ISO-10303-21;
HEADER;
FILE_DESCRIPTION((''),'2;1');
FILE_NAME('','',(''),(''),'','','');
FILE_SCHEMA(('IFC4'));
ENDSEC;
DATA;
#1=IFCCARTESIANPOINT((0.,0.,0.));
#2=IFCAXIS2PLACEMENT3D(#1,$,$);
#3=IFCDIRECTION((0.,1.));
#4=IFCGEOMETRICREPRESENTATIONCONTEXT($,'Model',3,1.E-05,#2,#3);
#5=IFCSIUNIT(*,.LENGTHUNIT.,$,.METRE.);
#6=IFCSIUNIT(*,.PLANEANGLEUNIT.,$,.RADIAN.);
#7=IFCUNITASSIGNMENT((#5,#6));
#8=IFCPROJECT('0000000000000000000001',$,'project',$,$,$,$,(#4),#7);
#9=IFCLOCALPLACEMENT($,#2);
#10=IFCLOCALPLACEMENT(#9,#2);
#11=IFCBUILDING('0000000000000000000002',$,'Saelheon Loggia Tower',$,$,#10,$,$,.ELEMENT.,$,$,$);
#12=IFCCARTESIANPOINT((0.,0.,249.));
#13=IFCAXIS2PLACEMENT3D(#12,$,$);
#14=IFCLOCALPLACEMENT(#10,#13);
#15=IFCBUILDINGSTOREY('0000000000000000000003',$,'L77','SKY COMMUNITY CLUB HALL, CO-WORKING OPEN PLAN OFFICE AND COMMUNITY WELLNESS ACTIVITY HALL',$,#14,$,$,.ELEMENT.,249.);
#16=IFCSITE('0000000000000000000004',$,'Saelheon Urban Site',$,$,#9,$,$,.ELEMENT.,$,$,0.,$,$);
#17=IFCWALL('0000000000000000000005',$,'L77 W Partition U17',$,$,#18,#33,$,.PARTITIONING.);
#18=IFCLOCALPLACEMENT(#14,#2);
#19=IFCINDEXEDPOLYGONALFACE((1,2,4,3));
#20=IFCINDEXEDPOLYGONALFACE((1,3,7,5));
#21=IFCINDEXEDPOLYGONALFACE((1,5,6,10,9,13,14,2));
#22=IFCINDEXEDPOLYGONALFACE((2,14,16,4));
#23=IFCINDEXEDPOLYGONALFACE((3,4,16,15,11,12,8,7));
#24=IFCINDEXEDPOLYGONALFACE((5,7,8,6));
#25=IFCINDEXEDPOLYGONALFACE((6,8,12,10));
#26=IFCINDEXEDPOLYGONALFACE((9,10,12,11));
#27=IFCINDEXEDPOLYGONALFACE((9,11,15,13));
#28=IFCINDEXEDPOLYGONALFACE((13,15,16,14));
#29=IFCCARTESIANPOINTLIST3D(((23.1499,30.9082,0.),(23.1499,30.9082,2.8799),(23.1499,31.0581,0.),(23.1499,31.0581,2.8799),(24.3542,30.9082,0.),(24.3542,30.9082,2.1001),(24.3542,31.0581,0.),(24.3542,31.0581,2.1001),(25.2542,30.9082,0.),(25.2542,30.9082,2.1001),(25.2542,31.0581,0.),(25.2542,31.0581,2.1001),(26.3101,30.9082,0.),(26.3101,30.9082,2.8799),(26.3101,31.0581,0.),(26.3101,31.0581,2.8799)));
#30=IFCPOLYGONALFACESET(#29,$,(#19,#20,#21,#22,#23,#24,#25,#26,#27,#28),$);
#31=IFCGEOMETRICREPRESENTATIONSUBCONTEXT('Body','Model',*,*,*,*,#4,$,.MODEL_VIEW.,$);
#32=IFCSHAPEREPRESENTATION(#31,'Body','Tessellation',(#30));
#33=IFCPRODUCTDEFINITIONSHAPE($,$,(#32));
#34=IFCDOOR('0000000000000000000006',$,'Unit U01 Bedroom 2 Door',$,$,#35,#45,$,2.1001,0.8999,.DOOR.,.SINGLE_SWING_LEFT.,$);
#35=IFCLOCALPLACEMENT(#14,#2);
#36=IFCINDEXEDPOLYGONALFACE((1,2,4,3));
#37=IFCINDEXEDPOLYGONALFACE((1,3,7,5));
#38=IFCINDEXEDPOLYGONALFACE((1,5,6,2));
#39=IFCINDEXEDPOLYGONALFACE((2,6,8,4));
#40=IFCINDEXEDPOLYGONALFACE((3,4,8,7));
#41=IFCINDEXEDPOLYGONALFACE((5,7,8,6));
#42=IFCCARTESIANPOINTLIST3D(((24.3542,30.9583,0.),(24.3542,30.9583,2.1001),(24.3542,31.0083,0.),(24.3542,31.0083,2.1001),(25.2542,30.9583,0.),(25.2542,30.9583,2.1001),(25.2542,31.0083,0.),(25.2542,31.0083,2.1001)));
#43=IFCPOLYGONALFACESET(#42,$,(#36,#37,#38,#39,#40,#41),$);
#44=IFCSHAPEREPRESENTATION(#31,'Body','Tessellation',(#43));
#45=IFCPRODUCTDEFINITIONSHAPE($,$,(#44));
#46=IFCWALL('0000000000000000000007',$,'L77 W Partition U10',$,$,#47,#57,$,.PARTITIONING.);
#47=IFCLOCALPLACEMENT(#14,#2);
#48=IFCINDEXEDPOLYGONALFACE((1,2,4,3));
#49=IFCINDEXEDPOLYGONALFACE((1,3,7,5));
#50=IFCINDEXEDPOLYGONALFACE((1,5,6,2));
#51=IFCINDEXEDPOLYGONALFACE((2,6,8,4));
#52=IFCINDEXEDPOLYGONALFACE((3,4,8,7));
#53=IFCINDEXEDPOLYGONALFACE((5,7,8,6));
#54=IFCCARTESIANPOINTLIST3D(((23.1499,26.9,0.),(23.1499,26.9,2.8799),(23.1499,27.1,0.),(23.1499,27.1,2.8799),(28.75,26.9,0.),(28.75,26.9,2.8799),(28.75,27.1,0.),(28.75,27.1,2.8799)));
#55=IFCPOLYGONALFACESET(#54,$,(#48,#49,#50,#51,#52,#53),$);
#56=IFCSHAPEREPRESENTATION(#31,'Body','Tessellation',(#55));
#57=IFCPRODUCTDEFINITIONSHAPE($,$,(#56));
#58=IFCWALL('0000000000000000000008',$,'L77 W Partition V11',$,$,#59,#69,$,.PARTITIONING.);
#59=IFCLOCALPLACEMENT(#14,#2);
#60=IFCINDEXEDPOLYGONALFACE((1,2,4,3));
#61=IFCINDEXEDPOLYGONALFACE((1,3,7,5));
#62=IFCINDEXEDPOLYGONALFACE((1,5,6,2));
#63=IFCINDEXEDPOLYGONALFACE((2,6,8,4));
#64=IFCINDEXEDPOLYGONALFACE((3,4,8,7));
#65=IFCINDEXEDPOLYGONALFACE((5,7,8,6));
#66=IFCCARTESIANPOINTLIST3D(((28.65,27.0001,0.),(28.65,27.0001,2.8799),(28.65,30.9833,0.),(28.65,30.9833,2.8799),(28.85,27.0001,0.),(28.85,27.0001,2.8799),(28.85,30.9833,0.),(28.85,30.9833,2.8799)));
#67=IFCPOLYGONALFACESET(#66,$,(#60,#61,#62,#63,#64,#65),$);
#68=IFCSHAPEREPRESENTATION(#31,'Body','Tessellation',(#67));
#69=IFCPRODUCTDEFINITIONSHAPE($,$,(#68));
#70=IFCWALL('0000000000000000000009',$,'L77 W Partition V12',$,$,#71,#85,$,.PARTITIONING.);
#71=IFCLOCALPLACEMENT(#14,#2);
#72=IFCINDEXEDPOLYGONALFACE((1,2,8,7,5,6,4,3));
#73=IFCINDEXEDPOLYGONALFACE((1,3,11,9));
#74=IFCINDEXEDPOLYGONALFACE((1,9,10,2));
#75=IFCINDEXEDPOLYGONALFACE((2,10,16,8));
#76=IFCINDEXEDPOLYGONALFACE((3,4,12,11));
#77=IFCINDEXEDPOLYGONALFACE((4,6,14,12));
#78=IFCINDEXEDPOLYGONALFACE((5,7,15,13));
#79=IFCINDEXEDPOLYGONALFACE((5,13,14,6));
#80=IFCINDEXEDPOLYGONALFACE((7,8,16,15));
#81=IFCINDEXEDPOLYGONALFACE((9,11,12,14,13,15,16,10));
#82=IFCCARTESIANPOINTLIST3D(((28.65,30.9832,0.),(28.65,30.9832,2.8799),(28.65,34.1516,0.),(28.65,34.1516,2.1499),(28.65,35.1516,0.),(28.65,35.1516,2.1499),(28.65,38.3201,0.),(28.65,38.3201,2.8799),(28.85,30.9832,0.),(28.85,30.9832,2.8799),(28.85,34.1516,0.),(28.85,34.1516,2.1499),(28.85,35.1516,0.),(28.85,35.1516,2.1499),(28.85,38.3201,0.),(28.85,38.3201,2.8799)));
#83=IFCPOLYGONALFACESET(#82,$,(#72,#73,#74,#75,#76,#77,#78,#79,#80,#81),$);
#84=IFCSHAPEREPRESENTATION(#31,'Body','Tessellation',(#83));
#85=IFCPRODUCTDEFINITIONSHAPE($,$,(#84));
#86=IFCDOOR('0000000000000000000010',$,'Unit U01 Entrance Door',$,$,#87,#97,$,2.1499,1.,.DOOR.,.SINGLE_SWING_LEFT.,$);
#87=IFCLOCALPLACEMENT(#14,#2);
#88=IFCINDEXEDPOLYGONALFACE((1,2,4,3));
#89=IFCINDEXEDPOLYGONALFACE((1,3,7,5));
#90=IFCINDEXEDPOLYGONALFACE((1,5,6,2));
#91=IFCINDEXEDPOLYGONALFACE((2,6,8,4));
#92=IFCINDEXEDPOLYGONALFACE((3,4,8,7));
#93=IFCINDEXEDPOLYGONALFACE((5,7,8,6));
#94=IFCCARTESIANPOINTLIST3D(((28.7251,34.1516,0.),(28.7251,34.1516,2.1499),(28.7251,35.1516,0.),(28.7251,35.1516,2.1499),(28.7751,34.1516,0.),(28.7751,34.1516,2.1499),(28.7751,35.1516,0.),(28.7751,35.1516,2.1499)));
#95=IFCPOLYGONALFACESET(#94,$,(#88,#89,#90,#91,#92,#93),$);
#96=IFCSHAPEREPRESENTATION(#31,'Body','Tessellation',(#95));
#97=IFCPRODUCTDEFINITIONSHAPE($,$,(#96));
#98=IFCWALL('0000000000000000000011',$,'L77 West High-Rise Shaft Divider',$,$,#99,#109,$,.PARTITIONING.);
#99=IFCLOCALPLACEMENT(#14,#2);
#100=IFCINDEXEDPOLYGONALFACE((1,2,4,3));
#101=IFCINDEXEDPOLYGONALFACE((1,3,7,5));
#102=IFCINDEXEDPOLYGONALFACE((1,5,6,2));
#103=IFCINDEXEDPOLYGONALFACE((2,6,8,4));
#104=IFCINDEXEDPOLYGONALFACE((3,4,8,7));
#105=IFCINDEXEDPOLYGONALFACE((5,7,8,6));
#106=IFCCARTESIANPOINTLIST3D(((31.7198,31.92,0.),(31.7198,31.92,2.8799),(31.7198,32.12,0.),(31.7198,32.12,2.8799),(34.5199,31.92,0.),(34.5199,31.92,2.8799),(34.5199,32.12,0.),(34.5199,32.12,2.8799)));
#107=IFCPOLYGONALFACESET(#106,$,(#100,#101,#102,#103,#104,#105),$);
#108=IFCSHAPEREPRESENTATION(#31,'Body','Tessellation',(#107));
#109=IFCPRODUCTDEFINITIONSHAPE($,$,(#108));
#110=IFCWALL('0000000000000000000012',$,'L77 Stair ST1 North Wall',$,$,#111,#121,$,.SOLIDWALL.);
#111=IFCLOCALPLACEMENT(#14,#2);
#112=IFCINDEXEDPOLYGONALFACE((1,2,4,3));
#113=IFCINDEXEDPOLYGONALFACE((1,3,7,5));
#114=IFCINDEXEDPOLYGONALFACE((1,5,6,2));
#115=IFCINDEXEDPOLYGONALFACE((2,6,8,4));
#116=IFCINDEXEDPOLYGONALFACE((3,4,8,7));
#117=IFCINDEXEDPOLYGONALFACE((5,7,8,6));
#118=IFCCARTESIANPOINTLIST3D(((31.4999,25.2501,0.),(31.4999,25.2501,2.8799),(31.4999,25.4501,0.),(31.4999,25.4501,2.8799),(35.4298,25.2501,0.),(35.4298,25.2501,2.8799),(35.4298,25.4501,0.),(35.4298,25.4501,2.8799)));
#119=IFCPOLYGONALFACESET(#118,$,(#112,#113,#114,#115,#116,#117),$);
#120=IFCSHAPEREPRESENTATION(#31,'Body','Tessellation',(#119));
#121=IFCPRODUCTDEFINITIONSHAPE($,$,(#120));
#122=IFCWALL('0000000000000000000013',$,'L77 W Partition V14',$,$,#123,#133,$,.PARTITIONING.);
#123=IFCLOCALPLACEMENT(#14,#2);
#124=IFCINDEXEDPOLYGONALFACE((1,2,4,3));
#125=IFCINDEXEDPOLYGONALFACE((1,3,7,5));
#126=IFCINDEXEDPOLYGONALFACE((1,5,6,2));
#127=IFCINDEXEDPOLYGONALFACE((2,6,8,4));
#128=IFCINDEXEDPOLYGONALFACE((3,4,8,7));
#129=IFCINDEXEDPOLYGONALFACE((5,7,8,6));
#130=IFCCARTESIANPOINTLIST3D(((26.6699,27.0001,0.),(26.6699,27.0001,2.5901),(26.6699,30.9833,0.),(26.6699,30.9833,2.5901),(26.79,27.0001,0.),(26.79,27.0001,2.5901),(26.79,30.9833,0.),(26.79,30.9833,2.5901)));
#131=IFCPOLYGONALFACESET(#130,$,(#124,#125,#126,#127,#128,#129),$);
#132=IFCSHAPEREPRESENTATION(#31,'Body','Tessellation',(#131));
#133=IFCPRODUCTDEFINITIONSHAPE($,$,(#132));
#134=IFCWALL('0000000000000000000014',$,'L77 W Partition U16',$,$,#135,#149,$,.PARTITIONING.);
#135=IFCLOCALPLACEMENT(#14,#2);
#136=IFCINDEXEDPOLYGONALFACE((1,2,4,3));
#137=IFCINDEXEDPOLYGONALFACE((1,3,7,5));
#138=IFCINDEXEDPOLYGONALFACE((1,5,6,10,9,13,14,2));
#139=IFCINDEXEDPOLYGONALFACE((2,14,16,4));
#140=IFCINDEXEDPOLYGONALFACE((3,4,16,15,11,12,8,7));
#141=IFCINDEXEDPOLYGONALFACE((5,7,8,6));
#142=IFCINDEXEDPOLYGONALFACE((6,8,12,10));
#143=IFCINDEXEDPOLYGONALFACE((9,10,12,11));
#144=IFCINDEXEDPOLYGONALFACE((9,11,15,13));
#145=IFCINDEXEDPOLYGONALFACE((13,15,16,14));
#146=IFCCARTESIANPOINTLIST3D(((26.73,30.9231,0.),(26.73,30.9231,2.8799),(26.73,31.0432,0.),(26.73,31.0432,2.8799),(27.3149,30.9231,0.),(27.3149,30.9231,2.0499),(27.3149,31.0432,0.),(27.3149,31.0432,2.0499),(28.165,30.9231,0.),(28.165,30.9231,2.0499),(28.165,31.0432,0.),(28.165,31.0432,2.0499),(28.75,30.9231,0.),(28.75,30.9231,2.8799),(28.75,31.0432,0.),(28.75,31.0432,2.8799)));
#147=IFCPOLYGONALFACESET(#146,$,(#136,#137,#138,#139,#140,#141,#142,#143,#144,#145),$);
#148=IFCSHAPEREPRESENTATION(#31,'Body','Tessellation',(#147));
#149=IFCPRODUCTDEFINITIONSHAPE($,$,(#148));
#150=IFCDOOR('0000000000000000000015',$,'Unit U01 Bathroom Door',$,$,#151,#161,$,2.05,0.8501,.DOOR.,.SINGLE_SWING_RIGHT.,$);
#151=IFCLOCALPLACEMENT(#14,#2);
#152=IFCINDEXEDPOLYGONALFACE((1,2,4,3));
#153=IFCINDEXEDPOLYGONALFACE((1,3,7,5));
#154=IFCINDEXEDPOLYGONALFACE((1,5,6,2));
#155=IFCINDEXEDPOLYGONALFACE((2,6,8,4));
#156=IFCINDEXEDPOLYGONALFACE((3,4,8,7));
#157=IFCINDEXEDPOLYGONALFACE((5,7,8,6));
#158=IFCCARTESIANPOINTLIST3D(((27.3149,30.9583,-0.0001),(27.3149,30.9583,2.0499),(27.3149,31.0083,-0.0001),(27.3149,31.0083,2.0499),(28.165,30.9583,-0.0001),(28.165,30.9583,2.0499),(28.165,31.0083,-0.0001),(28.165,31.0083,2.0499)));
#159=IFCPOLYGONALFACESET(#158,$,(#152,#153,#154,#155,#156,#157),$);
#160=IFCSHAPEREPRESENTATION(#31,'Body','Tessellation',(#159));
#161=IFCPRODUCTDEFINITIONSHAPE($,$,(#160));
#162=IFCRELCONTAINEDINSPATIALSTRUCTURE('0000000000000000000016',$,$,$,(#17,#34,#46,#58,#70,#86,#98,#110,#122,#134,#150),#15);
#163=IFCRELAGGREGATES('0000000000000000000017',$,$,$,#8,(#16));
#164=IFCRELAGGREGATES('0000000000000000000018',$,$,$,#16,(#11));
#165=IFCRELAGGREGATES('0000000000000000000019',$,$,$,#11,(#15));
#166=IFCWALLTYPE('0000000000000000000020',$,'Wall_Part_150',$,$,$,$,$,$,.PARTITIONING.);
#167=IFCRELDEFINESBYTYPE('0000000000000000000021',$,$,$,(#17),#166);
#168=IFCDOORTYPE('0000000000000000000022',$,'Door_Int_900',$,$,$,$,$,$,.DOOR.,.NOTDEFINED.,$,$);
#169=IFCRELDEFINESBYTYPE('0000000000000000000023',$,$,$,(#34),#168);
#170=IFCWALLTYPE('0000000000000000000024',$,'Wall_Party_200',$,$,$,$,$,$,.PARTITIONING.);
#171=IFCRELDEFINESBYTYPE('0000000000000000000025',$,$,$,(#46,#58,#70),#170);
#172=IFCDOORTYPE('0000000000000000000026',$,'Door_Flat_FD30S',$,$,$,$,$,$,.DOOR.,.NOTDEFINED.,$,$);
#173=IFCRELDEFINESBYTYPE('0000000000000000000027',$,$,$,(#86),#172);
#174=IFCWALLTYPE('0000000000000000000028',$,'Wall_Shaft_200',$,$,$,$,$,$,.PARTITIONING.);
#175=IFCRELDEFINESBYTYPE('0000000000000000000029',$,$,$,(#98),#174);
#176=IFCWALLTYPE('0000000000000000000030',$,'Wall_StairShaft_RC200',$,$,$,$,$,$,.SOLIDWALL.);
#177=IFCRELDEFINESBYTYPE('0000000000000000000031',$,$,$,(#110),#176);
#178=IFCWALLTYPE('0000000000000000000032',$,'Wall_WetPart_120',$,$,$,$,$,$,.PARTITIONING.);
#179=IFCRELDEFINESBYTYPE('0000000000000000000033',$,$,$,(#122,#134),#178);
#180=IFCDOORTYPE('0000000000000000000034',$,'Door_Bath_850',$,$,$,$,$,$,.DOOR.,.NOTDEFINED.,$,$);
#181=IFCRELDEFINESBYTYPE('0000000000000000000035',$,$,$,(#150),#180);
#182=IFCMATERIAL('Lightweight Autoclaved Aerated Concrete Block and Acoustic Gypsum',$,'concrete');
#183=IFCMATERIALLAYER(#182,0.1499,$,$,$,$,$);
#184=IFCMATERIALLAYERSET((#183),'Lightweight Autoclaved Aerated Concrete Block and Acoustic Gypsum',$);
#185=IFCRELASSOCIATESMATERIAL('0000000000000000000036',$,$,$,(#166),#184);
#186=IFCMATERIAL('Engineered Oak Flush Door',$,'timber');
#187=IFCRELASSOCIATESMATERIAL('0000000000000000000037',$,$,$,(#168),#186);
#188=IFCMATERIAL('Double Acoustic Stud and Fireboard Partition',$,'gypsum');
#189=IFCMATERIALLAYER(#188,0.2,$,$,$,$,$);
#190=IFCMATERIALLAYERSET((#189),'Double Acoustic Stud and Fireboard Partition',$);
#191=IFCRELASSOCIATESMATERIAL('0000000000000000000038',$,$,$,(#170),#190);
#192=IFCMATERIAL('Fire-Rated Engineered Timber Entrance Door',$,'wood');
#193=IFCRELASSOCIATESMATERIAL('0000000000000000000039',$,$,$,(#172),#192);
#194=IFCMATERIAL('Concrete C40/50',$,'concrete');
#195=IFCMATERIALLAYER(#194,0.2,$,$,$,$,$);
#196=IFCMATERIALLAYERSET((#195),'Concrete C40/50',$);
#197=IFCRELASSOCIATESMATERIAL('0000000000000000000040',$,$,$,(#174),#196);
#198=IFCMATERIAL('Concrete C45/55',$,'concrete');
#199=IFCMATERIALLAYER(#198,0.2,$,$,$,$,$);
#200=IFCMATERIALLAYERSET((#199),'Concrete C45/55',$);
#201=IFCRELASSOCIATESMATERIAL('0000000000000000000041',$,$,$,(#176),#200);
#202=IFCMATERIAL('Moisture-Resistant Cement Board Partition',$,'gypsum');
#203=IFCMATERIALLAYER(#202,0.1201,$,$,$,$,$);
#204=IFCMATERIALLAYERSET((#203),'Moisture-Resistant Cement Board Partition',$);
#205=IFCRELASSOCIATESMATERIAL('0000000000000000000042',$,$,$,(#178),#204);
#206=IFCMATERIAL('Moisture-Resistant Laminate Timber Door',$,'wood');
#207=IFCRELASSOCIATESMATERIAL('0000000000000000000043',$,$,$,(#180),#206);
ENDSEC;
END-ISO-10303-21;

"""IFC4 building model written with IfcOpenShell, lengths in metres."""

from ifc_helpers import new_model, si_unit, direction, frame, frame_2d, origin, place, context, subcontext, project, spatial, rectangle, extrude, source, transform, mapped, material, layer, layer_set, type_object, element, fill, save


model = new_model("IFC4")

# Units and contexts
model_context = context("Model", 3, precision=1e-05, world=origin(), true_north=direction((0.0, 1.0)))
body_context = subcontext(model_context, "Body", "Model", "MODEL_VIEW")
ifc_project = project(units=[si_unit("LENGTHUNIT", "METRE"), si_unit("PLANEANGLEUNIT", "RADIAN")], contexts=[model_context])

# Site, building, storey
site_placement = place(None, origin())
site = spatial("IfcSite", under=ifc_project, at=site_placement, Name="Saelheon Urban Site", CompositionType="ELEMENT", RefElevation=0.0)
building_placement = place(site_placement, origin())
building = spatial("IfcBuilding", under=site, at=building_placement, Name="Saelheon Loggia Tower", CompositionType="ELEMENT")
storey_placement = place(building_placement, frame((0.0, 0.0, 249.0)))
storey = spatial("IfcBuildingStorey", under=building, at=storey_placement, Name="L77", Description="SKY COMMUNITY CLUB HALL, CO-WORKING OPEN PLAN OFFICE AND COMMUNITY WELLNESS ACTIVITY HALL", CompositionType="ELEMENT", Elevation=249.0)

# Shared definitions
ifc_material_1 = material(Name="Concrete C45/55", Category="concrete")

# Shared definitions
ifc_material_2 = material(Name="Concrete C40/50", Category="concrete")

# Wall, opening, door
ifc_material_3 = material(Name="Lightweight Autoclaved Aerated Concrete Block and Acoustic Gypsum", Category="concrete")
ifc_layer_1 = layer(ifc_material_3, 0.1499)
ifc_layer_set_1 = layer_set([ifc_layer_1], Name="Lightweight Autoclaved Aerated Concrete Block and Acoustic Gypsum")
wall_type_1 = type_object("IfcWallType", Name="Wall_Part_150", PredefinedType="PARTITIONING", material=ifc_layer_set_1)
wall_1_placement = place(storey_placement, frame((26.3101, 30.9832, 0.0), z_axis=(0.0, 0.0, 1.0), x_axis=(-1.0, 0.0, 0.0)))
wall_1 = element("IfcWall", 1, at=wall_1_placement, inside=storey, type_object=wall_type_1, Name="L77 W Partition U17", PredefinedType="PARTITIONING", context=body_context, shape_type="SweptSolid", body=[
    extrude(rectangle(XDim=3.1602, YDim=0.1499, at=frame_2d((1.5801, 0.0))), origin(), (0.0, 0.0, 1.0), 2.8799),
])
opening_1_placement = place(wall_1_placement, frame((1.0559, 0.0, 0.0)))
opening_1 = element("IfcOpeningElement", 2, at=opening_1_placement, cuts=wall_1, PredefinedType="OPENING", context=body_context, shape_type="SweptSolid", body=[
    extrude(rectangle(XDim=0.8999, YDim=2.1001, at=frame_2d((0.45, 1.05))), frame((0.0, 0.0869, 0.0), z_axis=(0.0, -1.0, 0.0), x_axis=(1.0, 0.0, 0.0)), (0.0, 0.0, 1.0), 0.1738),
])
ifc_material_4 = material(Name="Engineered Oak Flush Door", Category="timber")
door_type_1 = type_object("IfcDoorType", Name="Door_Int_900", OperationType="NOTDEFINED", PredefinedType="DOOR", material=ifc_material_4)
shared_shape_1 = source(origin(), body_context, "Body", "SweptSolid", [
    extrude(rectangle(XDim=0.8999, YDim=2.1001, at=frame_2d((0.45, 1.05))), frame((0.0, 0.0249, 0.0), z_axis=(0.0, -1.0, 0.0), x_axis=(1.0, 0.0, 0.0)), (0.0, 0.0, 1.0), 0.05),
])
door_1_placement = place(opening_1_placement, origin())
door_1 = element("IfcDoor", 3, at=door_1_placement, inside=storey, type_object=door_type_1, Name="Unit U01 Bedroom 2 Door", OperationType="SINGLE_SWING_LEFT", OverallHeight=2.1001, OverallWidth=0.8999, PredefinedType="DOOR", context=body_context, shape_type="MappedRepresentation", body=[
    mapped(shared_shape_1, transform((0.0, 0.0, 0.0), scale=1.0)),
])
fill(opening_1, door_1)

# Walls
ifc_material_5 = material(Name="Double Acoustic Stud and Fireboard Partition", Category="gypsum")
ifc_layer_2 = layer(ifc_material_5, 0.2)
ifc_layer_set_2 = layer_set([ifc_layer_2], Name="Double Acoustic Stud and Fireboard Partition")
wall_type_2 = type_object("IfcWallType", Name="Wall_Party_200", PredefinedType="PARTITIONING", material=ifc_layer_set_2)
wall_2_placement = place(storey_placement, frame((28.75, 27.0, 0.0), z_axis=(0.0, 0.0, 1.0), x_axis=(-1.0, 0.0, 0.0)))
element("IfcWall", 4, at=wall_2_placement, inside=storey, type_object=wall_type_2, Name="L77 W Partition U10", PredefinedType="PARTITIONING", context=body_context, shape_type="SweptSolid", body=[
    extrude(rectangle(XDim=5.6001, YDim=0.2, at=frame_2d((2.8, 0.0))), origin(), (0.0, 0.0, 1.0), 2.8799),
])
wall_3_placement = place(storey_placement, frame((28.75, 27.0, 0.0), z_axis=(0.0, 0.0, 1.0), x_axis=(0.0, 1.0, 0.0)))
element("IfcWall", 5, at=wall_3_placement, inside=storey, type_object=wall_type_2, Name="L77 W Partition V11", PredefinedType="PARTITIONING", context=body_context, shape_type="SweptSolid", body=[
    extrude(rectangle(XDim=3.9832, YDim=0.2, at=frame_2d((1.9917, 0.0))), origin(), (0.0, 0.0, 1.0), 2.8799),
])

# Wall, opening, door
wall_4_placement = place(storey_placement, frame((28.75, 30.9832, 0.0), z_axis=(0.0, 0.0, 1.0), x_axis=(0.0, 1.0, 0.0)))
wall_4 = element("IfcWall", 6, at=wall_4_placement, inside=storey, type_object=wall_type_2, Name="L77 W Partition V12", PredefinedType="PARTITIONING", context=body_context, shape_type="SweptSolid", body=[
    extrude(rectangle(XDim=7.3369, YDim=0.2, at=frame_2d((3.6685, 0.0))), origin(), (0.0, 0.0, 1.0), 2.8799),
])
opening_2_placement = place(wall_4_placement, frame((3.1685, 0.0, 0.0)))
opening_2 = element("IfcOpeningElement", 7, at=opening_2_placement, cuts=wall_4, PredefinedType="OPENING", context=body_context, shape_type="SweptSolid", body=[
    extrude(rectangle(XDim=1.0, YDim=2.1499, at=frame_2d((0.5, 1.075))), frame((0.0, 0.1121, 0.0), z_axis=(0.0, -1.0, 0.0), x_axis=(1.0, 0.0, 0.0)), (0.0, 0.0, 1.0), 0.2239),
])
ifc_material_6 = material(Name="Fire-Rated Engineered Timber Entrance Door", Category="wood")
door_type_2 = type_object("IfcDoorType", Name="Door_Flat_FD30S", OperationType="NOTDEFINED", PredefinedType="DOOR", material=ifc_material_6)
shared_shape_2 = source(origin(), body_context, "Body", "SweptSolid", [
    extrude(rectangle(XDim=1.0, YDim=2.1499, at=frame_2d((0.5, 1.075))), frame((0.0, 0.0249, 0.0), z_axis=(0.0, -1.0, 0.0), x_axis=(1.0, 0.0, 0.0)), (0.0, 0.0, 1.0), 0.05),
])
door_2_placement = place(opening_2_placement, origin())
door_2 = element("IfcDoor", 8, at=door_2_placement, inside=storey, type_object=door_type_2, Name="Unit U01 Entrance Door", OperationType="SINGLE_SWING_LEFT", OverallHeight=2.1499, OverallWidth=1.0, PredefinedType="DOOR", context=body_context, shape_type="MappedRepresentation", body=[
    mapped(shared_shape_2, transform((0.0, 0.0, 0.0), scale=1.0)),
])
fill(opening_2, door_2)

# Walls
ifc_layer_3 = layer(ifc_material_2, 0.2)
ifc_layer_set_3 = layer_set([ifc_layer_3], Name="Concrete C40/50")
wall_type_3 = type_object("IfcWallType", Name="Wall_Shaft_200", PredefinedType="PARTITIONING", material=ifc_layer_set_3)
wall_5_placement = place(storey_placement, frame((31.72, 32.02, 0.0), z_axis=(0.0, 0.0, 1.0), x_axis=(1.0, 0.0, 0.0)))
element("IfcWall", 9, at=wall_5_placement, inside=storey, type_object=wall_type_3, Name="L77 West High-Rise Shaft Divider", PredefinedType="PARTITIONING", context=body_context, shape_type="SweptSolid", body=[
    extrude(rectangle(XDim=2.8, YDim=0.2, at=frame_2d((1.3999, 0.0))), origin(), (0.0, 0.0, 1.0), 2.8799),
])
ifc_layer_4 = layer(ifc_material_1, 0.2)
ifc_layer_set_4 = layer_set([ifc_layer_4], Name="Concrete C45/55")
wall_type_4 = type_object("IfcWallType", Name="Wall_StairShaft_RC200", PredefinedType="SOLIDWALL", material=ifc_layer_set_4)
wall_6_placement = place(storey_placement, frame((31.5, 25.3501, 0.0), z_axis=(0.0, 0.0, 1.0), x_axis=(1.0, 0.0, 0.0)))
element("IfcWall", 10, at=wall_6_placement, inside=storey, type_object=wall_type_4, Name="L77 Stair ST1 North Wall", PredefinedType="SOLIDWALL", context=body_context, shape_type="SweptSolid", body=[
    extrude(rectangle(XDim=3.9299, YDim=0.2, at=frame_2d((1.9648, 0.0))), origin(), (0.0, 0.0, 1.0), 2.8799),
])
ifc_material_7 = material(Name="Moisture-Resistant Cement Board Partition", Category="gypsum")
ifc_layer_5 = layer(ifc_material_7, 0.1201)
ifc_layer_set_5 = layer_set([ifc_layer_5], Name="Moisture-Resistant Cement Board Partition")
wall_type_5 = type_object("IfcWallType", Name="Wall_WetPart_120", PredefinedType="PARTITIONING", material=ifc_layer_set_5)
wall_7_placement = place(storey_placement, frame((26.73, 27.0, 0.0), z_axis=(0.0, 0.0, 1.0), x_axis=(0.0, 1.0, 0.0)))
element("IfcWall", 11, at=wall_7_placement, inside=storey, type_object=wall_type_5, Name="L77 W Partition V14", PredefinedType="PARTITIONING", context=body_context, shape_type="SweptSolid", body=[
    extrude(rectangle(XDim=3.9832, YDim=0.1201, at=frame_2d((1.9917, 0.0))), origin(), (0.0, 0.0, 1.0), 2.5901),
])

# Wall, opening, door
wall_8_placement = place(storey_placement, frame((28.75, 30.9832, 0.0), z_axis=(0.0, 0.0, 1.0), x_axis=(-1.0, 0.0, 0.0)))
wall_8 = element("IfcWall", 12, at=wall_8_placement, inside=storey, type_object=wall_type_5, Name="L77 W Partition U16", PredefinedType="PARTITIONING", context=body_context, shape_type="SweptSolid", body=[
    extrude(rectangle(XDim=2.02, YDim=0.1201, at=frame_2d((1.01, 0.0))), origin(), (0.0, 0.0, 1.0), 2.8799),
])
opening_3_placement = place(wall_8_placement, frame((0.585, 0.0, 0.0)))
opening_3 = element("IfcOpeningElement", 13, at=opening_3_placement, cuts=wall_8, PredefinedType="OPENING", context=body_context, shape_type="SweptSolid", body=[
    extrude(rectangle(XDim=0.8501, YDim=2.05, at=frame_2d((0.425, 1.0249))), frame((0.0, 0.072, 0.0), z_axis=(0.0, -1.0, 0.0), x_axis=(1.0, 0.0, 0.0)), (0.0, 0.0, 1.0), 0.144),
])
ifc_material_8 = material(Name="Moisture-Resistant Laminate Timber Door", Category="wood")
door_type_3 = type_object("IfcDoorType", Name="Door_Bath_850", OperationType="NOTDEFINED", PredefinedType="DOOR", material=ifc_material_8)
shared_shape_3 = source(origin(), body_context, "Body", "SweptSolid", [
    extrude(rectangle(XDim=0.8501, YDim=2.05, at=frame_2d((0.425, 1.0249))), frame((0.0, 0.0249, 0.0), z_axis=(0.0, -1.0, 0.0), x_axis=(1.0, 0.0, 0.0)), (0.0, 0.0, 1.0), 0.05),
])
door_3_placement = place(opening_3_placement, origin())
door_3 = element("IfcDoor", 14, at=door_3_placement, inside=storey, type_object=door_type_3, Name="Unit U01 Bathroom Door", OperationType="SINGLE_SWING_RIGHT", OverallHeight=2.05, OverallWidth=0.8501, PredefinedType="DOOR", context=body_context, shape_type="MappedRepresentation", body=[
    mapped(shared_shape_3, transform((0.0, 0.0, 0.0), scale=1.0)),
])
fill(opening_3, door_3)

save(model, "model.ifc")
